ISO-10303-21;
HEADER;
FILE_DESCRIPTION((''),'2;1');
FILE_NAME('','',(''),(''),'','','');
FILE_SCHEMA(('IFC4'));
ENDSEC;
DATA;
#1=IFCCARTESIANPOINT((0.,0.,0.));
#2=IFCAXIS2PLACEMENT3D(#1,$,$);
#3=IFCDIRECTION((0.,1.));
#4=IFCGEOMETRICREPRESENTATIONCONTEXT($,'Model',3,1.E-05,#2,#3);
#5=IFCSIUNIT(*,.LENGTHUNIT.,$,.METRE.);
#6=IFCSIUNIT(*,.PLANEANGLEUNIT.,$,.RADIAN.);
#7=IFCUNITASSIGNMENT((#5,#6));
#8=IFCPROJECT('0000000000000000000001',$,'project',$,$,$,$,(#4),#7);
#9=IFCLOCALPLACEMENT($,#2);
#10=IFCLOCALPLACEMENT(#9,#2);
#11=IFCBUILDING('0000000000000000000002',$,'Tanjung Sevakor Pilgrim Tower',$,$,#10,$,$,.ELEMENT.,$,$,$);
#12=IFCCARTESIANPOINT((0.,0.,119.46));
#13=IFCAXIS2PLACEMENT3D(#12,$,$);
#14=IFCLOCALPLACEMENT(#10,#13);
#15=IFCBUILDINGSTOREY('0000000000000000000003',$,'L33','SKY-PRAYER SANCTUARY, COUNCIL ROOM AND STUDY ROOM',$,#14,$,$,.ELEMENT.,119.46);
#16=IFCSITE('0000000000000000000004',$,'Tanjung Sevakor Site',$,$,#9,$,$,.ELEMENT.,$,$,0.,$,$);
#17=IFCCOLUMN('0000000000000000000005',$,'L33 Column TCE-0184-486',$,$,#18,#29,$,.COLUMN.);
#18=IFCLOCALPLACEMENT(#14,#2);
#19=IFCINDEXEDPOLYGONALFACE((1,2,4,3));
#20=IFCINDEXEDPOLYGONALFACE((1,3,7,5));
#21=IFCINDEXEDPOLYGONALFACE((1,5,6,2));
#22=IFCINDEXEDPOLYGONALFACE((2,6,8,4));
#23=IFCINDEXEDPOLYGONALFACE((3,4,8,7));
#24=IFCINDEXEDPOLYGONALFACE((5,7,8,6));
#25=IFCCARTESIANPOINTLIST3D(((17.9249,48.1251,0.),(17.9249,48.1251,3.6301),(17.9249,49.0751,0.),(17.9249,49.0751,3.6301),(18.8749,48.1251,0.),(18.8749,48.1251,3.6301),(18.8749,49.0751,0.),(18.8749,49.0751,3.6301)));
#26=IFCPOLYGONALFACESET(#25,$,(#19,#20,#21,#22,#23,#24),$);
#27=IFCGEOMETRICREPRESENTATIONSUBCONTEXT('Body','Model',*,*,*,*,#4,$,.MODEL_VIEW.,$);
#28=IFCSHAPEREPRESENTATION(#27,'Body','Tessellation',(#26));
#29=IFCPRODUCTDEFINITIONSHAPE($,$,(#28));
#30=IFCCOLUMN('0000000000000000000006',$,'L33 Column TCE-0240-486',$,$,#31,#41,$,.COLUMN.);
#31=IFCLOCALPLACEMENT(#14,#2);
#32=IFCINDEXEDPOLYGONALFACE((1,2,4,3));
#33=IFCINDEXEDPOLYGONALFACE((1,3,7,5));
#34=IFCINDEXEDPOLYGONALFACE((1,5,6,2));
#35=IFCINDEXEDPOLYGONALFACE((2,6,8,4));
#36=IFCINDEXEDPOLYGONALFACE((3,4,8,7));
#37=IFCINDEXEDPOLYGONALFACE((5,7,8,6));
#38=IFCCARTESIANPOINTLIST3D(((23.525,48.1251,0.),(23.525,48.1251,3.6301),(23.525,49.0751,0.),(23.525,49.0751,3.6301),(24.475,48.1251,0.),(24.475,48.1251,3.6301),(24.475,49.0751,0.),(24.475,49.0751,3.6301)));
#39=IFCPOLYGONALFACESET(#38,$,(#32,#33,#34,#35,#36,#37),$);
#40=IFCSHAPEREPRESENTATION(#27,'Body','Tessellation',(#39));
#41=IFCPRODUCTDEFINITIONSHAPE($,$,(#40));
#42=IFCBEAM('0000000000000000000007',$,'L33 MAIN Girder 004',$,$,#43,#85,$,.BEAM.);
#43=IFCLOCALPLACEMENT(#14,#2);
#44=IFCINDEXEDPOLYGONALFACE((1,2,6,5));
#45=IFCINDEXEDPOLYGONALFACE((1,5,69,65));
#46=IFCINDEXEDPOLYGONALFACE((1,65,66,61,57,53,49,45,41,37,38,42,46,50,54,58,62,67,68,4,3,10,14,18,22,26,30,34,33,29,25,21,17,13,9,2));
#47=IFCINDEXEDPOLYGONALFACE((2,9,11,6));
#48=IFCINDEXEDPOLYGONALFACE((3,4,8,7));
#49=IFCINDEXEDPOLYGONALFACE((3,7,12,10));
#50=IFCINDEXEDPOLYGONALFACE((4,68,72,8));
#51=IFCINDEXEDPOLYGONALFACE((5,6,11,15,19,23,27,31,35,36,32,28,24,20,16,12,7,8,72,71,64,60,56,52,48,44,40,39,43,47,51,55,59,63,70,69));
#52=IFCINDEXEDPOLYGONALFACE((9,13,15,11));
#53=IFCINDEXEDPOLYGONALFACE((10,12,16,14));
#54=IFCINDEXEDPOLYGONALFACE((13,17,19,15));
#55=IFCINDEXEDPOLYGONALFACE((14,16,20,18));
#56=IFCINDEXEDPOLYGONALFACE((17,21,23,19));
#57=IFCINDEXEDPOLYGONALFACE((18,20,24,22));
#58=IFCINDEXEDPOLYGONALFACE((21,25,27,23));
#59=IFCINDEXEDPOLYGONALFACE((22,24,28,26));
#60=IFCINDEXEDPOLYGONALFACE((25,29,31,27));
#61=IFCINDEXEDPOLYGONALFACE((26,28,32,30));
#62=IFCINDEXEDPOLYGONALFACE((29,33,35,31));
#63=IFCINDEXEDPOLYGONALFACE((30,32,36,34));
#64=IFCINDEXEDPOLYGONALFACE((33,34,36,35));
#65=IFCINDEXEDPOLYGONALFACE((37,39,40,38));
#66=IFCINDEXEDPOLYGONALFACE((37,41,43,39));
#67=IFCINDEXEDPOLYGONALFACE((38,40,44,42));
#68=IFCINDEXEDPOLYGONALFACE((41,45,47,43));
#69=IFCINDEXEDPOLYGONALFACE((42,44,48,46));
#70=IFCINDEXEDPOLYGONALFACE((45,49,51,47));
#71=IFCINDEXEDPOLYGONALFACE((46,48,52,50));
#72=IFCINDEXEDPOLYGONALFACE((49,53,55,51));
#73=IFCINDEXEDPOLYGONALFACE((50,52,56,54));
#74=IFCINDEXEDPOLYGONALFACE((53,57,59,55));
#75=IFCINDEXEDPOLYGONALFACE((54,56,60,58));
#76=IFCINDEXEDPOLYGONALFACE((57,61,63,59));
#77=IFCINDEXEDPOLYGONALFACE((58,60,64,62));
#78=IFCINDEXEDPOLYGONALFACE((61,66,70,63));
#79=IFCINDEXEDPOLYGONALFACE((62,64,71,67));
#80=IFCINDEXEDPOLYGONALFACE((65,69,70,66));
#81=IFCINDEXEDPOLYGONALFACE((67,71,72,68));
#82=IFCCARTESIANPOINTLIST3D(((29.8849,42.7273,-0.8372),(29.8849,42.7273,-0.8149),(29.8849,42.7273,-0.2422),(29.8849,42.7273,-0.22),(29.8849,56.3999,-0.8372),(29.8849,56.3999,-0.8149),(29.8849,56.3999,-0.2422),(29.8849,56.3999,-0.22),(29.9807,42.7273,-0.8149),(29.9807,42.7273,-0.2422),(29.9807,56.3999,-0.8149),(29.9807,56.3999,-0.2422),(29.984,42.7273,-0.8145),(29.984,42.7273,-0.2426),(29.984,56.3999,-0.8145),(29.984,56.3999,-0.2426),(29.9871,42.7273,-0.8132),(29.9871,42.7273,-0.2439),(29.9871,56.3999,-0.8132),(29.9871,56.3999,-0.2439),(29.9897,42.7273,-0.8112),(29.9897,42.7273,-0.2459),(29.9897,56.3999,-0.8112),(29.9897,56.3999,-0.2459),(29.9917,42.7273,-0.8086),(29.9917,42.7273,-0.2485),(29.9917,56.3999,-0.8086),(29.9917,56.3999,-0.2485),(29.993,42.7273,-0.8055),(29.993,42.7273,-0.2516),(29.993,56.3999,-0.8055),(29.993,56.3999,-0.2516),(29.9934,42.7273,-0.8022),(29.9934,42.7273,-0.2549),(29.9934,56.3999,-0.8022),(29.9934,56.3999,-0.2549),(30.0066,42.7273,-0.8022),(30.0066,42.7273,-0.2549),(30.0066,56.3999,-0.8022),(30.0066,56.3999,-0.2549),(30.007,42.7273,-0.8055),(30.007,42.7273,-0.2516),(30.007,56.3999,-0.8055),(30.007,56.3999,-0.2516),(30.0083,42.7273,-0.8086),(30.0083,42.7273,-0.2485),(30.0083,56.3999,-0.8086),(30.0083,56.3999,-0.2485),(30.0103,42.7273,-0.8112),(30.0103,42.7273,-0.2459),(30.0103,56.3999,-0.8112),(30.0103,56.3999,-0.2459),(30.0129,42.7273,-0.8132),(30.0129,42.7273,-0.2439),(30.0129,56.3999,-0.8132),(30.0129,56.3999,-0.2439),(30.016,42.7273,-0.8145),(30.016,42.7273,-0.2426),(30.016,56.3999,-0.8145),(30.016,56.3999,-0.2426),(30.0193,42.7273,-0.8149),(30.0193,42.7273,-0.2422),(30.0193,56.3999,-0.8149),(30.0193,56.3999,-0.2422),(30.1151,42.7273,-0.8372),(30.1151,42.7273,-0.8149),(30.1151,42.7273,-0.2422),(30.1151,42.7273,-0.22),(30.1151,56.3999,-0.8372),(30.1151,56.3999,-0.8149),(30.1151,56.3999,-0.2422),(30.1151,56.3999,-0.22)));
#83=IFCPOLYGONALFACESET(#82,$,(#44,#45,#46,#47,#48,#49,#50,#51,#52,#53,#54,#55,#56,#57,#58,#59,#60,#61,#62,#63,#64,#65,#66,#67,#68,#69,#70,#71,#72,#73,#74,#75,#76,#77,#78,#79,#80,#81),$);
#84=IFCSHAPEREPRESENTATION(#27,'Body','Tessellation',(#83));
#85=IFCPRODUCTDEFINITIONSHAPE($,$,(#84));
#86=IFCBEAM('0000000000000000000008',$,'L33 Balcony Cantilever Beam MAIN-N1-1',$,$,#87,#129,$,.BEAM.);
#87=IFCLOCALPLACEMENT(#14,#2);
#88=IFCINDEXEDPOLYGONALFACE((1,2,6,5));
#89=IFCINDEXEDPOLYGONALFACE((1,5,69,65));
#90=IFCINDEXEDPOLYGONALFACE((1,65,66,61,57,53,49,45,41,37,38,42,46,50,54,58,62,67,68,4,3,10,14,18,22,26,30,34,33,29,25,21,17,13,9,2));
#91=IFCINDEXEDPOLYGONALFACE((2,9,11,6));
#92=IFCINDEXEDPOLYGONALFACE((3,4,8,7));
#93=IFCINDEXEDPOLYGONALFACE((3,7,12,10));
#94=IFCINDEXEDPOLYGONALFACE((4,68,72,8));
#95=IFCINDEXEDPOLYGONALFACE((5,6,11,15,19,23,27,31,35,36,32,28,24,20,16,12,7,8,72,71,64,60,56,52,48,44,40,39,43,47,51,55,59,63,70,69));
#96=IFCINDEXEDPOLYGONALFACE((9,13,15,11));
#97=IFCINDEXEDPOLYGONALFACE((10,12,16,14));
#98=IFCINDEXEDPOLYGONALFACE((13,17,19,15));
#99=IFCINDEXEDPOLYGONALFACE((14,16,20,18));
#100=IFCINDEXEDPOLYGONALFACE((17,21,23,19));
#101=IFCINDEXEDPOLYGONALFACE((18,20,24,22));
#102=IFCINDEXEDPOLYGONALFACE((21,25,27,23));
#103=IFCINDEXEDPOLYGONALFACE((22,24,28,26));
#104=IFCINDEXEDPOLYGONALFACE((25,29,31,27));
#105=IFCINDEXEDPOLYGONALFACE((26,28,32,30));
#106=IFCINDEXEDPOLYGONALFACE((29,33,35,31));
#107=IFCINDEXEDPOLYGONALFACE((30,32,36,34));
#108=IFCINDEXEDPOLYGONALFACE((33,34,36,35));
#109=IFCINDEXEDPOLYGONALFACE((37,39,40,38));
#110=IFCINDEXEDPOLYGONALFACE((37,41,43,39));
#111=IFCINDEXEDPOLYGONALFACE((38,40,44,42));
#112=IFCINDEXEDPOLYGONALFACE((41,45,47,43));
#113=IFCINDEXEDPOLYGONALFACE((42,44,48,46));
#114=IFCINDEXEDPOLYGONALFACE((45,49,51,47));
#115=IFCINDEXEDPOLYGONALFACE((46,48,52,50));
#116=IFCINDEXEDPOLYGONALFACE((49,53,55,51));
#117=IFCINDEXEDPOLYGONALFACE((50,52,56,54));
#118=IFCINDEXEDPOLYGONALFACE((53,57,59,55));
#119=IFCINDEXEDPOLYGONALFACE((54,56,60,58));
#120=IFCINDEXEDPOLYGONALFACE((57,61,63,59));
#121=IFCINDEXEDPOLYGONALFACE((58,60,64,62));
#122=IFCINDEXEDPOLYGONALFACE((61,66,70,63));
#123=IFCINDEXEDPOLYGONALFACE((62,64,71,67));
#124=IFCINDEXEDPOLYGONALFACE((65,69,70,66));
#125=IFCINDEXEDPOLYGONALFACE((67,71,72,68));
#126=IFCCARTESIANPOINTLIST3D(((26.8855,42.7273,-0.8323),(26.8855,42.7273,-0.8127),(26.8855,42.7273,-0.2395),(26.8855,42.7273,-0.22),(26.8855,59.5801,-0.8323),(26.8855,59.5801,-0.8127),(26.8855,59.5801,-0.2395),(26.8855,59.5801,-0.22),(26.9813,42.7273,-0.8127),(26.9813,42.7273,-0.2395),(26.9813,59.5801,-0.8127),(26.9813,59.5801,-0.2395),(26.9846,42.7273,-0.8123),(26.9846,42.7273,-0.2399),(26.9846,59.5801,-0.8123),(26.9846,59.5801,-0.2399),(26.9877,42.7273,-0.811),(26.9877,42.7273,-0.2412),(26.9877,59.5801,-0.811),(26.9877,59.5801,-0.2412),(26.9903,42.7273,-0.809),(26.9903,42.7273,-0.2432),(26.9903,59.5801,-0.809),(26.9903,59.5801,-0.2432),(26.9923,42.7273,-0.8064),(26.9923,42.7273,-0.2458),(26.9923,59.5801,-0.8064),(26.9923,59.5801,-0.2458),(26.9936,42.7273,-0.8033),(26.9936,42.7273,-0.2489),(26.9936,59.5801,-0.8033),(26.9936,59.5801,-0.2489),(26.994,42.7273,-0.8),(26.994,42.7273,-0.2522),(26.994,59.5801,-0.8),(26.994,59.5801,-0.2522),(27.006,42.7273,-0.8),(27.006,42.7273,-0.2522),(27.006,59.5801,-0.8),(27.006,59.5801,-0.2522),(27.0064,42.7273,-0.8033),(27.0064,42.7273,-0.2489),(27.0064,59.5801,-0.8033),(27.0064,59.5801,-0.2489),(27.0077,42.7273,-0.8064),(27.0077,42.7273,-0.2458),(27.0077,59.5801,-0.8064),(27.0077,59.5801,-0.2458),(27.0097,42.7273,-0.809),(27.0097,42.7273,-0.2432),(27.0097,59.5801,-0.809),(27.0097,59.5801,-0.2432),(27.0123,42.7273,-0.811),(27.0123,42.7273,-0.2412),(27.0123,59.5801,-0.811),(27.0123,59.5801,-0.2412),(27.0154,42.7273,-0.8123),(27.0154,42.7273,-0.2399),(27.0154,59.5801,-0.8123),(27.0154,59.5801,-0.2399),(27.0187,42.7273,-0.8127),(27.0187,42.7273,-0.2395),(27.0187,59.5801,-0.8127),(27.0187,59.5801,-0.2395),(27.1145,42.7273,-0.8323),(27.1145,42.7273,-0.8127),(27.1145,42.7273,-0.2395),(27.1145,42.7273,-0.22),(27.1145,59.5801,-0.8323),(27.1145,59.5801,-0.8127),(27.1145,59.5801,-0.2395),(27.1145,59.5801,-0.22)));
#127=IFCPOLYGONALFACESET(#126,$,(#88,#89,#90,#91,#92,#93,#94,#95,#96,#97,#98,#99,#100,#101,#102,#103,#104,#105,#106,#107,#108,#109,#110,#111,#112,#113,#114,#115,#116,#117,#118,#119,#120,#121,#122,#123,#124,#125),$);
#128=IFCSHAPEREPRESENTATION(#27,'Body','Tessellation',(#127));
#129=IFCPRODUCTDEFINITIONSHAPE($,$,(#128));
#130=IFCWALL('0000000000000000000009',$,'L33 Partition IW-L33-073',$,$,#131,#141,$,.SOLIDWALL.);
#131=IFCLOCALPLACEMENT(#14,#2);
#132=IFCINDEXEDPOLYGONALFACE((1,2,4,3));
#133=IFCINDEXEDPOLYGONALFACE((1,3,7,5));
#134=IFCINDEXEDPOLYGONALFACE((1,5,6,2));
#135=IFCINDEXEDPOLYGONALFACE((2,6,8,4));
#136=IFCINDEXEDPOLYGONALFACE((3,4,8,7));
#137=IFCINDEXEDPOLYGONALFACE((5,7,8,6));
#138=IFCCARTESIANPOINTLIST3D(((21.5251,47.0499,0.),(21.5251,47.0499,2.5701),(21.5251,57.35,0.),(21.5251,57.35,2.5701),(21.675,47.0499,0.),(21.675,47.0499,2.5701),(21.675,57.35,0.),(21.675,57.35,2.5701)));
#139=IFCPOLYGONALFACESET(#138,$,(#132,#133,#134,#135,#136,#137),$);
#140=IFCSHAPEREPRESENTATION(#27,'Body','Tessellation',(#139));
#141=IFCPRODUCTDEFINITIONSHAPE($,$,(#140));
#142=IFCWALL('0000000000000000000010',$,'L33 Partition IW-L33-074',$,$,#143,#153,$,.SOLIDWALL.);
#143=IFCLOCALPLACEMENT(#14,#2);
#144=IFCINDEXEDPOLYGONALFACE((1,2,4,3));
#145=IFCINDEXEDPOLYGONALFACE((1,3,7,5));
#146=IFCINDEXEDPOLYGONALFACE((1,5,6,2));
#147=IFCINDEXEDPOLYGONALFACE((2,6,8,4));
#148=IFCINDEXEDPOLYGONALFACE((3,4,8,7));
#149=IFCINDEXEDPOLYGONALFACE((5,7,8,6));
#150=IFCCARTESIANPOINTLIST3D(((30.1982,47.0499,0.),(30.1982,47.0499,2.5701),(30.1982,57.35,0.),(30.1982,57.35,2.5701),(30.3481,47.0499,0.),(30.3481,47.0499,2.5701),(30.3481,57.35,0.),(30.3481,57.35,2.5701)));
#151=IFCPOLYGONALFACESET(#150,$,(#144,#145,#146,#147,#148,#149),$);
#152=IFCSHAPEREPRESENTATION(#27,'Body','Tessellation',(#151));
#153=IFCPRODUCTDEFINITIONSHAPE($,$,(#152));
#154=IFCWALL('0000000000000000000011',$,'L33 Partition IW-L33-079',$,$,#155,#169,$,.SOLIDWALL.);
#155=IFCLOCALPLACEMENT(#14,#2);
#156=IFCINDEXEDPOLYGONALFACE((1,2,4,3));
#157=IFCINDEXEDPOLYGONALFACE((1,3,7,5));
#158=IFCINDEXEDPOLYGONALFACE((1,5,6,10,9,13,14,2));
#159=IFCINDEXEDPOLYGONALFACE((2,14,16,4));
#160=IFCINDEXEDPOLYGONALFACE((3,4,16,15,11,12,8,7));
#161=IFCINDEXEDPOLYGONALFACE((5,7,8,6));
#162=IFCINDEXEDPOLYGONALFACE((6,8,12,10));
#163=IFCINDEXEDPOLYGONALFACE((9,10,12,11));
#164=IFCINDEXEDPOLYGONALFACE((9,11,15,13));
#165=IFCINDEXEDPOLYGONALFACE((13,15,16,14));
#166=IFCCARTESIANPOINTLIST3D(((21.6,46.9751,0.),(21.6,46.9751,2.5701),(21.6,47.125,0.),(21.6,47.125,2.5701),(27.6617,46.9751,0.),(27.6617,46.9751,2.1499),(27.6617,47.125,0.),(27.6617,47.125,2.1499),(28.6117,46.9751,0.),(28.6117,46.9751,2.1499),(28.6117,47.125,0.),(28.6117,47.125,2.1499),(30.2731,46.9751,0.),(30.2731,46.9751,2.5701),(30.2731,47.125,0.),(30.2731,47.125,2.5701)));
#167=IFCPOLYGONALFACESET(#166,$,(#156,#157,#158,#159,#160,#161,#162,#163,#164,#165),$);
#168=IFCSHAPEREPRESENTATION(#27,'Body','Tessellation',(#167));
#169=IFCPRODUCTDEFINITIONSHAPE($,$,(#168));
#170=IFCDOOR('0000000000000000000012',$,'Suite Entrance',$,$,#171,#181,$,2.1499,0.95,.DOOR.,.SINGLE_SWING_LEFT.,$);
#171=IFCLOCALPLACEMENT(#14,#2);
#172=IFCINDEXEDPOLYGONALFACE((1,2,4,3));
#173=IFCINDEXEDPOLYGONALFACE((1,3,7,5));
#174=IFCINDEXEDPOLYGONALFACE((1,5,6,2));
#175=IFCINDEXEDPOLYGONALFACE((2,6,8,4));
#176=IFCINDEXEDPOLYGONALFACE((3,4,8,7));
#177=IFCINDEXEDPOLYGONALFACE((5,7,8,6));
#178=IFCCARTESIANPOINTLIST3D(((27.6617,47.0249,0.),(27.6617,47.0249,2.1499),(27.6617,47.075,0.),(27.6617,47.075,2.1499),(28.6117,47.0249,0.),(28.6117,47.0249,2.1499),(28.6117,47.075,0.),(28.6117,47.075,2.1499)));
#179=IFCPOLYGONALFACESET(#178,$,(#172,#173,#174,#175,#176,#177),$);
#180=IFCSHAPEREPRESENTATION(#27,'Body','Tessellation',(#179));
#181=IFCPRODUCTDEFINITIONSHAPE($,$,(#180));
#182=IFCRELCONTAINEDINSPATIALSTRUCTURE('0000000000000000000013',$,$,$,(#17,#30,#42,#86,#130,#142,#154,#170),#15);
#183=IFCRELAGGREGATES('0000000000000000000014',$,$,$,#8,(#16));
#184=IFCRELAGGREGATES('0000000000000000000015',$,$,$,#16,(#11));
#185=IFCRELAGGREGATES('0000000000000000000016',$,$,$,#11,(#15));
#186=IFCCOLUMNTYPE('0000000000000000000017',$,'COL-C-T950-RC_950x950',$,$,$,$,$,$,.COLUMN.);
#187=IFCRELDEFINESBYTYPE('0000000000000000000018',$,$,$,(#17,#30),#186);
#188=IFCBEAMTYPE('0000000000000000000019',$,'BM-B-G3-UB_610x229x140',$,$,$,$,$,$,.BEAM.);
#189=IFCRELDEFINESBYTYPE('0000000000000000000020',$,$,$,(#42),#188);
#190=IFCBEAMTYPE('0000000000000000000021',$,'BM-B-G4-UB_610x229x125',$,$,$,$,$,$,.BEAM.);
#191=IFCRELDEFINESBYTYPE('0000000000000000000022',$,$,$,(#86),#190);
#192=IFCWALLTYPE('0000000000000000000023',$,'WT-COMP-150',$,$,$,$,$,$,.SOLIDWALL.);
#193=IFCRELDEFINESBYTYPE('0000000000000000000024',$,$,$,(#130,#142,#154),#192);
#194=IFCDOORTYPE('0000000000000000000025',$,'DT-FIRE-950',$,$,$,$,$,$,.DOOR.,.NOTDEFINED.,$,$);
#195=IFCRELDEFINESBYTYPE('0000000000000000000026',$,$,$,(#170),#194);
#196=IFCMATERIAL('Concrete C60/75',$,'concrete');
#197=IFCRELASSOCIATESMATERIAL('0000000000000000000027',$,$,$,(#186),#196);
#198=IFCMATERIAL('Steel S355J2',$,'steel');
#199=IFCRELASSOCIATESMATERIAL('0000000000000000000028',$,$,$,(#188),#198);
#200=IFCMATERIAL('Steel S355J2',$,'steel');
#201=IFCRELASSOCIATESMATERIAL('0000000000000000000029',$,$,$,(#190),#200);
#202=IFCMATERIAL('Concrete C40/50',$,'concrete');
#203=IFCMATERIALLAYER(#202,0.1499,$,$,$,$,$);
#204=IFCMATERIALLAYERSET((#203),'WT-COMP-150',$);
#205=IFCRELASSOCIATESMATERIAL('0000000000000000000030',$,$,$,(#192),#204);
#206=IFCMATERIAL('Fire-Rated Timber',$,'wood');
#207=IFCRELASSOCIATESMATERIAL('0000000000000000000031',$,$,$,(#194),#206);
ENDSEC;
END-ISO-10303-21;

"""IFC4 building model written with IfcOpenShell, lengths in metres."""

from ifc_helpers import new_model, si_unit, direction, frame, frame_2d, origin, origin_2d, place, context, subcontext, project, spatial, rectangle, i_section, extrude, material, layer, layer_set, material_profile, profile_set, type_object, element, fill, save


model = new_model("IFC4")

# Units and contexts
model_context = context("Model", 3, precision=1e-05, world=origin(), true_north=direction((0.0, 1.0)))
body_context = subcontext(model_context, "Body", "Model", "MODEL_VIEW")
ifc_project = project(units=[si_unit("LENGTHUNIT", "METRE"), si_unit("PLANEANGLEUNIT", "RADIAN")], contexts=[model_context])

# Site, building, storey
site_placement = place(None, origin())
site = spatial("IfcSite", under=ifc_project, at=site_placement, Name="Tanjung Sevakor Site", CompositionType="ELEMENT", RefElevation=0.0)
building_placement = place(site_placement, origin())
building = spatial("IfcBuilding", under=site, at=building_placement, Name="Tanjung Sevakor Pilgrim Tower", CompositionType="ELEMENT")
storey_placement = place(building_placement, frame((0.0, 0.0, 119.46)))
storey = spatial("IfcBuildingStorey", under=building, at=storey_placement, Name="L33", Description="SKY-PRAYER SANCTUARY, COUNCIL ROOM AND STUDY ROOM", CompositionType="ELEMENT", Elevation=119.46)

# Columns
ifc_material_1 = material(Name="Concrete C60/75", Category="concrete")
ifc_material_profile_1 = material_profile(ifc_material_1, rectangle(XDim=0.95, YDim=0.95, at=origin_2d()))
ifc_profile_set_1 = profile_set([ifc_material_profile_1], Name="Concrete C60/75")
column_type = type_object("IfcColumnType", Name="COL-C-T950-RC_950x950", PredefinedType="COLUMN", material=ifc_profile_set_1)
for number, where, z_axis, x_axis, name in (
    (1, (18.3999, 48.6001, 0.0), (0.0, 0.0, 1.0), (1.0, 0.0, 0.0), "L33 Column TCE-0184-486"),
    (2, (24.0, 48.6001, 0.0), (0.0, 0.0, 1.0), (1.0, 0.0, 0.0), "L33 Column TCE-0240-486"),
):
    element("IfcColumn", number, at=place(storey_placement, frame(where, z_axis=z_axis, x_axis=x_axis)), inside=storey, type_object=column_type, Name=name, PredefinedType="COLUMN", context=body_context, shape_type="SweptSolid", body=[
        extrude(rectangle(XDim=0.95, YDim=0.95, at=origin_2d()), origin(), (0.0, 0.0, 1.0), 3.6301),
    ])

# Beams
ifc_material_2 = material(Name="Steel S355J2", Category="steel")
ifc_material_profile_2 = material_profile(ifc_material_2, i_section(OverallWidth=0.2302, OverallDepth=0.6172, WebThickness=0.0132, FlangeThickness=0.0222, FilletRadius=0.0127, at=origin_2d()))
ifc_profile_set_2 = profile_set([ifc_material_profile_2], Name="Steel S355J2")
beam_type_1 = type_object("IfcBeamType", Name="BM-B-G3-UB_610x229x140", PredefinedType="BEAM", material=ifc_profile_set_2)
beam_1_placement = place(storey_placement, frame((30.0, 42.7273, -0.5286), z_axis=(0.0, 1.0, 0.0), x_axis=(-1.0, 0.0, 0.0)))
element("IfcBeam", 3, at=beam_1_placement, inside=storey, type_object=beam_type_1, Name="L33 MAIN Girder 004", PredefinedType="BEAM", context=body_context, shape_type="SweptSolid", body=[
    extrude(i_section(OverallWidth=0.2302, OverallDepth=0.6172, WebThickness=0.0132, FlangeThickness=0.0222, FilletRadius=0.0127, at=origin_2d()), origin(), (0.0, 0.0, 1.0), 13.6726),
])
ifc_material_3 = material(Name="Steel S355J2", Category="steel")
ifc_material_profile_3 = material_profile(ifc_material_3, i_section(OverallWidth=0.229, OverallDepth=0.6123, WebThickness=0.012, FlangeThickness=0.0195, FilletRadius=0.0127, at=origin_2d()))
ifc_profile_set_3 = profile_set([ifc_material_profile_3], Name="Steel S355J2")
beam_type_2 = type_object("IfcBeamType", Name="BM-B-G4-UB_610x229x125", PredefinedType="BEAM", material=ifc_profile_set_3)
beam_2_placement = place(storey_placement, frame((27.0, 42.7273, -0.5261), z_axis=(0.0, 1.0, 0.0), x_axis=(-1.0, 0.0, 0.0)))
element("IfcBeam", 4, at=beam_2_placement, inside=storey, type_object=beam_type_2, Name="L33 Balcony Cantilever Beam MAIN-N1-1", PredefinedType="BEAM", context=body_context, shape_type="SweptSolid", body=[
    extrude(i_section(OverallWidth=0.229, OverallDepth=0.6123, WebThickness=0.012, FlangeThickness=0.0195, FilletRadius=0.0127, at=origin_2d()), origin(), (0.0, 0.0, 1.0), 16.8528),
])

# Walls
ifc_material_4 = material(Name="Concrete C40/50", Category="concrete")
ifc_layer_1 = layer(ifc_material_4, 0.1499)
ifc_layer_set_1 = layer_set([ifc_layer_1], Name="WT-COMP-150")
wall_type_1 = type_object("IfcWallType", Name="WT-COMP-150", PredefinedType="SOLIDWALL", material=ifc_layer_set_1)
for number, where, z_axis, x_axis, name in (
    (5, (21.6001, 47.05, 0.0), (0.0, 0.0, 1.0), (0.0, 1.0, 0.0), "L33 Partition IW-L33-073"),
    (6, (30.2732, 47.05, 0.0), (0.0, 0.0, 1.0), (0.0, 1.0, 0.0), "L33 Partition IW-L33-074"),
):
    element("IfcWall", number, at=place(storey_placement, frame(where, z_axis=z_axis, x_axis=x_axis)), inside=storey, type_object=wall_type_1, Name=name, PredefinedType="SOLIDWALL", context=body_context, shape_type="SweptSolid", body=[
        extrude(rectangle(XDim=10.3, YDim=0.1499, at=frame_2d((5.1499, 0.0))), origin(), (0.0, 0.0, 1.0), 2.5701),
    ])

# Wall, opening, door
wall_1_placement = place(storey_placement, frame((21.6001, 47.05, 0.0), z_axis=(0.0, 0.0, 1.0), x_axis=(1.0, 0.0, 0.0)))
wall_1 = element("IfcWall", 7, at=wall_1_placement, inside=storey, type_object=wall_type_1, Name="L33 Partition IW-L33-079", PredefinedType="SOLIDWALL", context=body_context, shape_type="SweptSolid", body=[
    extrude(rectangle(XDim=8.6731, YDim=0.1499, at=frame_2d((4.3364, 0.0))), origin(), (0.0, 0.0, 1.0), 2.5701),
])
opening_1_placement = place(wall_1_placement, frame((6.0615, 0.0, 0.0)))
opening_1 = element("IfcOpeningElement", 8, at=opening_1_placement, cuts=wall_1, PredefinedType="OPENING", context=body_context, shape_type="SweptSolid", body=[
    extrude(rectangle(XDim=0.95, YDim=2.1499, at=frame_2d((0.4751, 1.075))), frame((0.0, 0.085, 0.0), z_axis=(0.0, -1.0, 0.0), x_axis=(1.0, 0.0, 0.0)), (0.0, 0.0, 1.0), 0.1699),
])
ifc_material_5 = material(Name="Fire-Rated Timber", Category="wood")
door_type_1 = type_object("IfcDoorType", Name="DT-FIRE-950", OperationType="NOTDEFINED", PredefinedType="DOOR", material=ifc_material_5)
door_1_placement = place(opening_1_placement, origin())
door_1 = element("IfcDoor", 9, at=door_1_placement, inside=storey, type_object=door_type_1, Name="Suite Entrance", OperationType="SINGLE_SWING_LEFT", OverallHeight=2.1499, OverallWidth=0.95, PredefinedType="DOOR", context=body_context, shape_type="SweptSolid", body=[
    extrude(rectangle(XDim=0.95, YDim=2.1499, at=frame_2d((0.4751, 1.075))), frame((0.0, 0.0249, 0.0), z_axis=(0.0, -1.0, 0.0), x_axis=(1.0, 0.0, 0.0)), (0.0, 0.0, 1.0), 0.05),
])
fill(opening_1, door_1)

save(model, "model.ifc")
